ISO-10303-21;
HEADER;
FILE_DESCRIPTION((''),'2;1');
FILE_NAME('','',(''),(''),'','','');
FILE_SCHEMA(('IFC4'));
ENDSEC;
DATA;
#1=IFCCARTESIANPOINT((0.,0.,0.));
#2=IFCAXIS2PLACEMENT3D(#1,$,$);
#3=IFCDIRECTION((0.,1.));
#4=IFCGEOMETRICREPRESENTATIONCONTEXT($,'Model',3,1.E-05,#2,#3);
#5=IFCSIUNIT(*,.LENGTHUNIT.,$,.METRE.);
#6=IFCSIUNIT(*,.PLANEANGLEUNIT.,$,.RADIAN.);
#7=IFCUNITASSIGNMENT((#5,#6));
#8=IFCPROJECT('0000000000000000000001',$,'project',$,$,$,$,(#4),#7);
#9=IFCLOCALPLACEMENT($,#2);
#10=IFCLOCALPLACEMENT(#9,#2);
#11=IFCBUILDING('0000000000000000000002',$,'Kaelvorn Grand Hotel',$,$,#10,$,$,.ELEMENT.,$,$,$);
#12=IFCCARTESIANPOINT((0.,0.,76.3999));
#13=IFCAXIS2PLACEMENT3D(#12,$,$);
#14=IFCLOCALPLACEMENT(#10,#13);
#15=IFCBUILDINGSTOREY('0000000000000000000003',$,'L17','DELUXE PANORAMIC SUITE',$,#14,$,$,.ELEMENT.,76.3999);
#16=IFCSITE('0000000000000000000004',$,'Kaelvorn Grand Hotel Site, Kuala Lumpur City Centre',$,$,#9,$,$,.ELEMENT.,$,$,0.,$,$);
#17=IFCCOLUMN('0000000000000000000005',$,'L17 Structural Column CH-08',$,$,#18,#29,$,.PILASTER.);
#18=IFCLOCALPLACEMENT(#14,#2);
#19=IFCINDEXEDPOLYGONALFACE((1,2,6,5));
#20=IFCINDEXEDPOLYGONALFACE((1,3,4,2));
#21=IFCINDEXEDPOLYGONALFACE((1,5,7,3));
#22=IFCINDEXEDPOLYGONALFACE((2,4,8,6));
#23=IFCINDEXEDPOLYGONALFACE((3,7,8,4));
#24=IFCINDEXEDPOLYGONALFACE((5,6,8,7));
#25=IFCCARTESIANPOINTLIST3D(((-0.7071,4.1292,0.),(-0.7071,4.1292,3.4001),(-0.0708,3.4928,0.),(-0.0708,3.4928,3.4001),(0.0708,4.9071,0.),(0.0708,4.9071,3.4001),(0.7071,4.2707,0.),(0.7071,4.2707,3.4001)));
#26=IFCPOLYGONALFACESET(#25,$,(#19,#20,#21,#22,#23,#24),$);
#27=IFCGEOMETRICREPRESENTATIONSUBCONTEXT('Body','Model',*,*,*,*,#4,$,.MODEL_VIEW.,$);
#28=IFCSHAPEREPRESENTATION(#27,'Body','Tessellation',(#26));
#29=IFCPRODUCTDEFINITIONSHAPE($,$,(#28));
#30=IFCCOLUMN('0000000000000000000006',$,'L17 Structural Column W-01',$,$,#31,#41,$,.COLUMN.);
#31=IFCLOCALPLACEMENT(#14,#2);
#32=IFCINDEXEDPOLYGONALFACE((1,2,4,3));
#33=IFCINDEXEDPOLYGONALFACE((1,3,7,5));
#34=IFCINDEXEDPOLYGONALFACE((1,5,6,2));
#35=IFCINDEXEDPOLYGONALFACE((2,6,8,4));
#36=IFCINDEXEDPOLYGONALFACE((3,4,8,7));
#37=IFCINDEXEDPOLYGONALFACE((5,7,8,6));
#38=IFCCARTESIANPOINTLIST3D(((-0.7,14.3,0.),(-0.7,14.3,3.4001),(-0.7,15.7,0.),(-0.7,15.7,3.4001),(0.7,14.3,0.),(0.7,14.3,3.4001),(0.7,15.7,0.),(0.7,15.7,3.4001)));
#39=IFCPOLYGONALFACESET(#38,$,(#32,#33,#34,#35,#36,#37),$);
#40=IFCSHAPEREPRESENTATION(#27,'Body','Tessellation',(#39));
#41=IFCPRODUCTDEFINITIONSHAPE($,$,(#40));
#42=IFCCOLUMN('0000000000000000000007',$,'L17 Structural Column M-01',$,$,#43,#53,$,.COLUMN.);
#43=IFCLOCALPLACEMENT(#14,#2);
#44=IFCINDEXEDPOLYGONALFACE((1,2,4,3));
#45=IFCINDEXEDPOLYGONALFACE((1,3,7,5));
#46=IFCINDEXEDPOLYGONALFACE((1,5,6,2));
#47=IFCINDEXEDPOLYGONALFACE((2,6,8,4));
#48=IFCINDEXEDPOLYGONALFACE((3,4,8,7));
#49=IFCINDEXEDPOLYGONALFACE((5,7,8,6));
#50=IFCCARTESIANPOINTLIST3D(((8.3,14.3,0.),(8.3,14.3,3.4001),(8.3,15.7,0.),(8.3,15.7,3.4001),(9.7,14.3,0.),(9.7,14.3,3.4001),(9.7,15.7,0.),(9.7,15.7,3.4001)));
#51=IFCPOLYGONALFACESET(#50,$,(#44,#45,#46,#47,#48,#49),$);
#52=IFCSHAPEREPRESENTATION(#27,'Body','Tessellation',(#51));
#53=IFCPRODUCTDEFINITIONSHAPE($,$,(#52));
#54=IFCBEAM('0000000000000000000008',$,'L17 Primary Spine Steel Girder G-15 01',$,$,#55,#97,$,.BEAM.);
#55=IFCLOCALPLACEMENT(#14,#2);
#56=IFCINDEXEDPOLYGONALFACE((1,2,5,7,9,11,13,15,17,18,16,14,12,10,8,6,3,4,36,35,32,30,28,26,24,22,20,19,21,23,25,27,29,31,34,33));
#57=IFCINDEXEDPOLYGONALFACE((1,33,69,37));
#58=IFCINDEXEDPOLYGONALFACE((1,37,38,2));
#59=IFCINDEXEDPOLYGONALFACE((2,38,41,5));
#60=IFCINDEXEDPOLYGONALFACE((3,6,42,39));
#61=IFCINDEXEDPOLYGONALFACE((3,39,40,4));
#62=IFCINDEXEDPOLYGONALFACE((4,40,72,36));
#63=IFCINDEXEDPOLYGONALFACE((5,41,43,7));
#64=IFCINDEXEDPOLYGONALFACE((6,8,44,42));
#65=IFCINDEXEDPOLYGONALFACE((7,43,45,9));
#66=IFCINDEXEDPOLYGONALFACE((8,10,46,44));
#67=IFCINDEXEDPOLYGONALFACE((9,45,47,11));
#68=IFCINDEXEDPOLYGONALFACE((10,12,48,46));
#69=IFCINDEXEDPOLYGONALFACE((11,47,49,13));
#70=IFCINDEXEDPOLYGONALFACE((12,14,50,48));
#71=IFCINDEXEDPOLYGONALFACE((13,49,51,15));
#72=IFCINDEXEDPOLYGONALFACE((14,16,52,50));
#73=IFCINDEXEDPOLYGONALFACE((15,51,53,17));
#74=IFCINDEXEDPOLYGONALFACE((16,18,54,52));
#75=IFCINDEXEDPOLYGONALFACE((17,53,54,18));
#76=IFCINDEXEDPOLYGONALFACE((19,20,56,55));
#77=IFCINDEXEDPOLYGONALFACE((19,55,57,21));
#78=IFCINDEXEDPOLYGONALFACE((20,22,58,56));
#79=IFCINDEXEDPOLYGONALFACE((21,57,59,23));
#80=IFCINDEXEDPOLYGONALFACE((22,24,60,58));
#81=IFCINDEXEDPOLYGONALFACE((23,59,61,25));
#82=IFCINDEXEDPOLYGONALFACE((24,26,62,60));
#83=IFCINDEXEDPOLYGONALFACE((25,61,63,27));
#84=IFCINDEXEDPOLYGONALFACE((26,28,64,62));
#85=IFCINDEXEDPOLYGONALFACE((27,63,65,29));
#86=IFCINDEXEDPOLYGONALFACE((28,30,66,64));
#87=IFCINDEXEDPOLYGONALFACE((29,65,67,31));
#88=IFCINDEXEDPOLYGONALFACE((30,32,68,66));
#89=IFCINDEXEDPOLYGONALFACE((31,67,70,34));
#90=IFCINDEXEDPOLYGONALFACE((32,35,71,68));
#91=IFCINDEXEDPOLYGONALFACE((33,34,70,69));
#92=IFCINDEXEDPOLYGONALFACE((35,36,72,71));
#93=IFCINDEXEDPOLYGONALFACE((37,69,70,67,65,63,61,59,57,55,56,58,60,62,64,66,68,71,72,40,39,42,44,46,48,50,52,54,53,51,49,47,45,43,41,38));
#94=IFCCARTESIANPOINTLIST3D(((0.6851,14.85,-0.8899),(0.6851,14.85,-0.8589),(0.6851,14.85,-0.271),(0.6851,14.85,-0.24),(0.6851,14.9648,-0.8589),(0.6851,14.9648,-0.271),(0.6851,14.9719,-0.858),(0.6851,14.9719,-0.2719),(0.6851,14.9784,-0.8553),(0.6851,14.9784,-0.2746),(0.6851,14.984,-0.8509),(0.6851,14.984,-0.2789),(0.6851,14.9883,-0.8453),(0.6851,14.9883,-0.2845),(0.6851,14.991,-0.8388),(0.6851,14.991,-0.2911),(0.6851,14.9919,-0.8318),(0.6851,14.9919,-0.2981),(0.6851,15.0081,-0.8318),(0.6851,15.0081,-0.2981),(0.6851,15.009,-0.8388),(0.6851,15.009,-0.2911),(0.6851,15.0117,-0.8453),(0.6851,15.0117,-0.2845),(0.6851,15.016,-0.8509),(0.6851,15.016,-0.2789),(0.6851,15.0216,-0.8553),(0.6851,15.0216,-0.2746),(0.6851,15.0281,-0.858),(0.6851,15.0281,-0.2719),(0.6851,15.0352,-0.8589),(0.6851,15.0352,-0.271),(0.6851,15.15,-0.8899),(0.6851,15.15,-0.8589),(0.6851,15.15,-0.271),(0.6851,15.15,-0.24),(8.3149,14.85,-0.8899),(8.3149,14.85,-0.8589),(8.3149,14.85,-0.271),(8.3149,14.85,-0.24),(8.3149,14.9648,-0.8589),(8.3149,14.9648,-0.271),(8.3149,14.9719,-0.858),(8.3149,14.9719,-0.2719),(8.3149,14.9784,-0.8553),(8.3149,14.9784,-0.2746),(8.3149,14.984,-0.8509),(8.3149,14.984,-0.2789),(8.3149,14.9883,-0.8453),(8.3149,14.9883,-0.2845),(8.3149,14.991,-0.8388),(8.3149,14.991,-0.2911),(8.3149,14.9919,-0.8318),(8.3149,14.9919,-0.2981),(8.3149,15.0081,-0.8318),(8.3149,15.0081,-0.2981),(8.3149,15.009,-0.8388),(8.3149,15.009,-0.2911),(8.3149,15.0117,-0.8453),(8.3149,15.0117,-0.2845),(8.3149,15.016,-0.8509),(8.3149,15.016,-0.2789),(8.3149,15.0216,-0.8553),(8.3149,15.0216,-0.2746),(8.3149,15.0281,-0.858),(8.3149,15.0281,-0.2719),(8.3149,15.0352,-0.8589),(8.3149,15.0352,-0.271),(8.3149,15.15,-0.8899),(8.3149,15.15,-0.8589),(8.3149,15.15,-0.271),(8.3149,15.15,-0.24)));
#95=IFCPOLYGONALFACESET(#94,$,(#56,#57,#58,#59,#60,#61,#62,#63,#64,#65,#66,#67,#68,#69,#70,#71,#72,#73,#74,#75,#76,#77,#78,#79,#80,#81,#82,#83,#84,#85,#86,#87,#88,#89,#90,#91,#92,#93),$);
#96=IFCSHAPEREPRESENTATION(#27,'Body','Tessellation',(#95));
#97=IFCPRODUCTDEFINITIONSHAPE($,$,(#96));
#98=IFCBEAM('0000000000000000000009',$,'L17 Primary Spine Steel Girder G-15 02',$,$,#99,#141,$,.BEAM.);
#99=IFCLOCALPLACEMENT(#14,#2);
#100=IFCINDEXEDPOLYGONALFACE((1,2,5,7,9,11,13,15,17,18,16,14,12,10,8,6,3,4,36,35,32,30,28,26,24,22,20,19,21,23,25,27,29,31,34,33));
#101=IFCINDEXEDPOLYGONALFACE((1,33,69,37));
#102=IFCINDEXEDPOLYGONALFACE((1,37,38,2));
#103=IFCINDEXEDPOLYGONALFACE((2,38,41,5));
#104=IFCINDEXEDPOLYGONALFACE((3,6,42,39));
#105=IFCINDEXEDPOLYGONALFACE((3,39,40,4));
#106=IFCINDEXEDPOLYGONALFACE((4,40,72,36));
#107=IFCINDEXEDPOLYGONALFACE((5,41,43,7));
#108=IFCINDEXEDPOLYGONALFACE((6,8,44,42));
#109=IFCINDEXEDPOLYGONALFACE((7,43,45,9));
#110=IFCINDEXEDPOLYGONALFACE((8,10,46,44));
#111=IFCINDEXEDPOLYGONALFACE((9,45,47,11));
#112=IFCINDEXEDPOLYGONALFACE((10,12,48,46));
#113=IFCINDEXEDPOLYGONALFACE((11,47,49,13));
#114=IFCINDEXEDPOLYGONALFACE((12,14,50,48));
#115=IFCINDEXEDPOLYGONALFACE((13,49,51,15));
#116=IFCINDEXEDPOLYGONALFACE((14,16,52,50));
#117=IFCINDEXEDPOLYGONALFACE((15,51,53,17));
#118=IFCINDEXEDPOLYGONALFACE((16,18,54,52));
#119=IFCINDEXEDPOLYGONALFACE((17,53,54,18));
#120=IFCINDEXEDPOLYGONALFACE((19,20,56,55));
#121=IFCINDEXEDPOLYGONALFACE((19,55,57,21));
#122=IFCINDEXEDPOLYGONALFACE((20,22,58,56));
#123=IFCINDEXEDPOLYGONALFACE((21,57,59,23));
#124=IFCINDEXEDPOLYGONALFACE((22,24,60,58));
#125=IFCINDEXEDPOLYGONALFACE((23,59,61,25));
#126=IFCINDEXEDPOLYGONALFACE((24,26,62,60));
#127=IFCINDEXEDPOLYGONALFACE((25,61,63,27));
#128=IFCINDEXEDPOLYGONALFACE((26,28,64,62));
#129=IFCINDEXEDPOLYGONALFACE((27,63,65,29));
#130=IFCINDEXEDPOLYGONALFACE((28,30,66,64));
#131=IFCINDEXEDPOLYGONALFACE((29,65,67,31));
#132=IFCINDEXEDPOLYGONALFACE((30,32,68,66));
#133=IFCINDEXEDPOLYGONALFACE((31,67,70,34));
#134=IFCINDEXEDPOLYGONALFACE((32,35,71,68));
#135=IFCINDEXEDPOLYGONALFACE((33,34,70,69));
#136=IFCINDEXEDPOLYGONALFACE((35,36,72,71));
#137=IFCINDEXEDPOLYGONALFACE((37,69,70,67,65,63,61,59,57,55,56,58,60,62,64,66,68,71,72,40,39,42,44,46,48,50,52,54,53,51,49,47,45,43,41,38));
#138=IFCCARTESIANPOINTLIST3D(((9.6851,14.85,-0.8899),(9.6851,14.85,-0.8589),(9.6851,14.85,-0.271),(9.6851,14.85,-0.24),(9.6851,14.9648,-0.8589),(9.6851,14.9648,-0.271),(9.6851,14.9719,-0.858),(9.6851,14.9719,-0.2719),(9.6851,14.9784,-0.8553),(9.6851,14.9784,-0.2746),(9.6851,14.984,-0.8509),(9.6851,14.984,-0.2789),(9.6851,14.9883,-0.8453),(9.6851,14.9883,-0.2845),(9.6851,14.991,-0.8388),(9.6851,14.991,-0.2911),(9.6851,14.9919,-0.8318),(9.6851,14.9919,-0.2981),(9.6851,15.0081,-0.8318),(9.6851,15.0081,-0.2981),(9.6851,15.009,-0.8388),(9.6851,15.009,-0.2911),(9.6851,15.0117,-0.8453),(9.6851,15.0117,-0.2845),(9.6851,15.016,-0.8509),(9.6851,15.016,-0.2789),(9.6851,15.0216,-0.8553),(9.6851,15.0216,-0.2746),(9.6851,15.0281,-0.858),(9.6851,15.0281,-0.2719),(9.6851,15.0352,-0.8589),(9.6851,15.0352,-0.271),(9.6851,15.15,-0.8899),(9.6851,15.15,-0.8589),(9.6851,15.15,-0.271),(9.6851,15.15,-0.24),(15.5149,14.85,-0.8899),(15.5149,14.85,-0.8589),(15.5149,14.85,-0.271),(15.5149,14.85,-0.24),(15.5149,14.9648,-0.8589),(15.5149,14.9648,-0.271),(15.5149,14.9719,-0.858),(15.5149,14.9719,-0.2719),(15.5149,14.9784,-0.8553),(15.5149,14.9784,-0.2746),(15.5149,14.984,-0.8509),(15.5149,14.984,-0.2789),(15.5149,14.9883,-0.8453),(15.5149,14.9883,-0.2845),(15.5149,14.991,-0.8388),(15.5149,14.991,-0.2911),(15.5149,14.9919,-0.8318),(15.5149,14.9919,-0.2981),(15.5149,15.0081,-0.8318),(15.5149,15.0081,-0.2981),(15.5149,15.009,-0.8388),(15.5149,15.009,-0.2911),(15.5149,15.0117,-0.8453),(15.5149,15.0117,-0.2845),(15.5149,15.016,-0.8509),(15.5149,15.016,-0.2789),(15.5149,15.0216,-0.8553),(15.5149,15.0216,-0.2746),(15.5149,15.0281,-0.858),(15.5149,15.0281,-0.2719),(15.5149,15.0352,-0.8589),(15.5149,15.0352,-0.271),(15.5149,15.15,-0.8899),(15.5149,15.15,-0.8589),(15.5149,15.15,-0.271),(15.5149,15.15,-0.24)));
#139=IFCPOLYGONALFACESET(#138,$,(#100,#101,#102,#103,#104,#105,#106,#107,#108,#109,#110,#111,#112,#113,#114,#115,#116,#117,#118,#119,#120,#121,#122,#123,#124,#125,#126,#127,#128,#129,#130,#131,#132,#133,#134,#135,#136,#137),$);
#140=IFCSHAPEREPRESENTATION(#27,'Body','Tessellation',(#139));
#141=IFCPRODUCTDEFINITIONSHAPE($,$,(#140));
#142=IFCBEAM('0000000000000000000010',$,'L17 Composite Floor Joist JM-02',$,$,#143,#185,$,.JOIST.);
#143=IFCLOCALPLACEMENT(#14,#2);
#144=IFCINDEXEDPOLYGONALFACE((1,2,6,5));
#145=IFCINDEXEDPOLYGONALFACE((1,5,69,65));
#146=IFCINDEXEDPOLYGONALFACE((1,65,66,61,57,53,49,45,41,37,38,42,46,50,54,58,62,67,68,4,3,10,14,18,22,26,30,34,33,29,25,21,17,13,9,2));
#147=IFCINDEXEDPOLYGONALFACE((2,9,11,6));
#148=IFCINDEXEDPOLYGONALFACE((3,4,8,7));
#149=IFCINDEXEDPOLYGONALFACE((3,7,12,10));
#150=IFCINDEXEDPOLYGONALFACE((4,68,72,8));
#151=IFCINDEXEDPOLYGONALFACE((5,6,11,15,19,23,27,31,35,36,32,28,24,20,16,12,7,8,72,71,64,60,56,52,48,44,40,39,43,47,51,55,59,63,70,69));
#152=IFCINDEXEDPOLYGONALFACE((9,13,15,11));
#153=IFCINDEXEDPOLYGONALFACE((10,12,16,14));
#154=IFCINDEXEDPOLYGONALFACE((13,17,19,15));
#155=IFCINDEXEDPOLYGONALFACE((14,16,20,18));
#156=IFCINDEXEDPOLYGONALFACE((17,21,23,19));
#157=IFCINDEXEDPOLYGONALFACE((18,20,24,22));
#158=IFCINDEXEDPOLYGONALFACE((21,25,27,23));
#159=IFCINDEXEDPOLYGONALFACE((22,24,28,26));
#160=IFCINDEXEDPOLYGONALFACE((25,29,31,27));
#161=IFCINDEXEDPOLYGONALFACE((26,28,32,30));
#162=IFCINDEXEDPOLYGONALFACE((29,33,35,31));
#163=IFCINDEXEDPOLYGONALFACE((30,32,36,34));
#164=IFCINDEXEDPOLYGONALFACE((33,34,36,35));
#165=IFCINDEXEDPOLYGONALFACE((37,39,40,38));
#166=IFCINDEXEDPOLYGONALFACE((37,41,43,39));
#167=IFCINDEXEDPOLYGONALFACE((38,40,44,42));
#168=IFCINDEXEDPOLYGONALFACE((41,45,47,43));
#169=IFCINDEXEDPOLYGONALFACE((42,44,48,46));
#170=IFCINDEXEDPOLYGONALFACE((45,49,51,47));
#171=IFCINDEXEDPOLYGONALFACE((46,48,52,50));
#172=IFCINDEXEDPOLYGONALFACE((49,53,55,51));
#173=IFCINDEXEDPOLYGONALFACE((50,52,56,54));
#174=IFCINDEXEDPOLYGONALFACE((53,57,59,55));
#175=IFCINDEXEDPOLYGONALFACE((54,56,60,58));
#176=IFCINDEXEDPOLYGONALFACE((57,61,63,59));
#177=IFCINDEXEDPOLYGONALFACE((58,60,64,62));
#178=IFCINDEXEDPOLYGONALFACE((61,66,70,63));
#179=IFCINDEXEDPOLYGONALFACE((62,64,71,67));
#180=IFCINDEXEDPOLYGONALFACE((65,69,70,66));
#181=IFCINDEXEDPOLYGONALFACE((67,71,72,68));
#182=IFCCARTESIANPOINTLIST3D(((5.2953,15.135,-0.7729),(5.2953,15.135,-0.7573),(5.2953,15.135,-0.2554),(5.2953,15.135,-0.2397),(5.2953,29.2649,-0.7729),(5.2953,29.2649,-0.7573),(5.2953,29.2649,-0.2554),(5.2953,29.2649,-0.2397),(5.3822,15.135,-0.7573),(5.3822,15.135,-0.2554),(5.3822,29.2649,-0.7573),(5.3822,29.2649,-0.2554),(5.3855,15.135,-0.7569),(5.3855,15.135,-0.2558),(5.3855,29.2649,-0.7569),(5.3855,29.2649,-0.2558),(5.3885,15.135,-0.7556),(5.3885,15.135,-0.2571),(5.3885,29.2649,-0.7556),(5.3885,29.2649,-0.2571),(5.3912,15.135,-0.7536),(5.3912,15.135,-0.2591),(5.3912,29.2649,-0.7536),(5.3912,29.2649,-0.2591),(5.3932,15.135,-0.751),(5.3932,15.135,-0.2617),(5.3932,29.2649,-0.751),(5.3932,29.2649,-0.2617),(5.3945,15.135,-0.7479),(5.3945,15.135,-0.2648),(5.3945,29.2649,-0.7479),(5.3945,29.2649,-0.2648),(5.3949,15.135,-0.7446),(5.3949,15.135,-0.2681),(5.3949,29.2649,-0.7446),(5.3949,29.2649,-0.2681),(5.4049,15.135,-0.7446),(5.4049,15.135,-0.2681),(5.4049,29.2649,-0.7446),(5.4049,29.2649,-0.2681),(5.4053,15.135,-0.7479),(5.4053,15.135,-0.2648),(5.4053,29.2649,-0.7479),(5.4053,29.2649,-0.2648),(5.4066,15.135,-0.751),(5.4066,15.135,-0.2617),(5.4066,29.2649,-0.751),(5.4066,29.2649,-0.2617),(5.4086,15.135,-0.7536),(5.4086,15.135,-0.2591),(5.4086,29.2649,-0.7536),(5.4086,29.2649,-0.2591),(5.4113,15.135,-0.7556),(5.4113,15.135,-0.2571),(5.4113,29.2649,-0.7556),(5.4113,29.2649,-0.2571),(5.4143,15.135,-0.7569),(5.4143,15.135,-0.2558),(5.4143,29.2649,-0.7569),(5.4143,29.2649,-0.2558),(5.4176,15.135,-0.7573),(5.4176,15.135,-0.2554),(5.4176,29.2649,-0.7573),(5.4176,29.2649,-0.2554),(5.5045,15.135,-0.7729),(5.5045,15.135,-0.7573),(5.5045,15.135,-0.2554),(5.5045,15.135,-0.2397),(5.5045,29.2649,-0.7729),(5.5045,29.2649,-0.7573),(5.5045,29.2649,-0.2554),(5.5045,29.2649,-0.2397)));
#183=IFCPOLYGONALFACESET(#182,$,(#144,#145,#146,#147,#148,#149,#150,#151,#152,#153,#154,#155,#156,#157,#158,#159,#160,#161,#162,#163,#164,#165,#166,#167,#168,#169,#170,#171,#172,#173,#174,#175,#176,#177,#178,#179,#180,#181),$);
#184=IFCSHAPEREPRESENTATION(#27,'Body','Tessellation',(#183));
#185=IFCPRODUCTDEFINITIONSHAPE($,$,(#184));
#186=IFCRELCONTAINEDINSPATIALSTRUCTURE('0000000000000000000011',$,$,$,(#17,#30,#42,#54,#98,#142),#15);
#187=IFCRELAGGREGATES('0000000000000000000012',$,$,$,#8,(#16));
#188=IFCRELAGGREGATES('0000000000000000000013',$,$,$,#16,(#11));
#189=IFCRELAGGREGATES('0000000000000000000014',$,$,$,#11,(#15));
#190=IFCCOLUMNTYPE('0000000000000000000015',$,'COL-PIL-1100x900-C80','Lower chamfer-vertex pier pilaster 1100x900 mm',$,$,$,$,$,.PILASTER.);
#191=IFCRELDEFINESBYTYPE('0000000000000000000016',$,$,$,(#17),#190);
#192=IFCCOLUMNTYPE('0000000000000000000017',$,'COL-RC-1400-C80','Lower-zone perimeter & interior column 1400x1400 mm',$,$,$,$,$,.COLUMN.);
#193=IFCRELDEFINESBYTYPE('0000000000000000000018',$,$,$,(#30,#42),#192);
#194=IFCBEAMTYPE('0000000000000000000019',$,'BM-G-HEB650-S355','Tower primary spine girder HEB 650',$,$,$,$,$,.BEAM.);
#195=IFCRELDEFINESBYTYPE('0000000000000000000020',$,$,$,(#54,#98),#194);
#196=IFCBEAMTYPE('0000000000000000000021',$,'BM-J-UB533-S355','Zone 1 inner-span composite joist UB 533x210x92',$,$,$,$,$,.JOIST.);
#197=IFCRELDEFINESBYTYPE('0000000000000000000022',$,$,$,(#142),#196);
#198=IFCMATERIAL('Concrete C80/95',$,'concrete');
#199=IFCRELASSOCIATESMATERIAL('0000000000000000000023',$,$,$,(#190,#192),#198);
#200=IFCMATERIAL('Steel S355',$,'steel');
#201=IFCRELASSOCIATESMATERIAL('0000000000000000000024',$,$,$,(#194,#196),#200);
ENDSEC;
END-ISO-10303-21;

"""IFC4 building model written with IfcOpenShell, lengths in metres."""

from ifc_helpers import new_model, si_unit, direction, frame, origin, origin_2d, place, context, subcontext, project, spatial, rectangle, i_section, extrude, material, material_profile, profile_set, type_object, element, save


model = new_model("IFC4")

# Units and contexts
model_context = context("Model", 3, precision=1e-05, world=origin(), true_north=direction((0.0, 1.0)))
body_context = subcontext(model_context, "Body", "Model", "MODEL_VIEW")
ifc_project = project(units=[si_unit("LENGTHUNIT", "METRE"), si_unit("PLANEANGLEUNIT", "RADIAN")], contexts=[model_context])

# Site, building, storey
site_placement = place(None, origin())
site = spatial("IfcSite", under=ifc_project, at=site_placement, Name="Kaelvorn Grand Hotel Site, Kuala Lumpur City Centre", CompositionType="ELEMENT", RefElevation=0.0)
building_placement = place(site_placement, origin())
building = spatial("IfcBuilding", under=site, at=building_placement, Name="Kaelvorn Grand Hotel", CompositionType="ELEMENT")
storey_placement = place(building_placement, frame((0.0, 0.0, 76.3999)))
storey = spatial("IfcBuildingStorey", under=building, at=storey_placement, Name="L17", Description="DELUXE PANORAMIC SUITE", CompositionType="ELEMENT", Elevation=76.3999)

# Columns
ifc_material_1 = material(Name="Concrete C80/95", Category="concrete")
ifc_material_profile_1 = material_profile(ifc_material_1, rectangle(XDim=1.1001, YDim=0.8999, at=origin_2d()), Name="RC PILASTER 1100x900")
ifc_profile_set_1 = profile_set([ifc_material_profile_1], Name="Concrete C80/95")
column_type_1 = type_object("IfcColumnType", Name="COL-PIL-1100x900-C80", Description="Lower chamfer-vertex pier pilaster 1100x900 mm", PredefinedType="PILASTER", material=ifc_profile_set_1)
column_placement = place(storey_placement, frame((0.0, 4.2, 0.0), z_axis=(0.0, 0.0, 1.0), x_axis=(0.707107, 0.707107, 0.0)))
element("IfcColumn", 1, at=column_placement, inside=storey, type_object=column_type_1, Name="L17 Structural Column CH-08", PredefinedType="PILASTER", context=body_context, shape_type="SweptSolid", body=[
    extrude(rectangle(XDim=1.1001, YDim=0.8999, at=origin_2d()), origin(), (0.0, 0.0, 1.0), 3.4001),
])
ifc_material_profile_2 = material_profile(ifc_material_1, rectangle(XDim=1.3999, YDim=1.3999, at=origin_2d()), Name="RC COL 1400x1400")
ifc_profile_set_2 = profile_set([ifc_material_profile_2], Name="Concrete C80/95")
column_type_2 = type_object("IfcColumnType", Name="COL-RC-1400-C80", Description="Lower-zone perimeter & interior column 1400x1400 mm", PredefinedType="COLUMN", material=ifc_profile_set_2)
for number, where, z_axis, x_axis, name in (
    (2, (0.0, 15.0, 0.0), (0.0, 0.0, 1.0), (1.0, 0.0, 0.0), "L17 Structural Column W-01"),
    (3, (9.0, 15.0, 0.0), (0.0, 0.0, 1.0), (1.0, 0.0, 0.0), "L17 Structural Column M-01"),
):
    element("IfcColumn", number, at=place(storey_placement, frame(where, z_axis=z_axis, x_axis=x_axis)), inside=storey, type_object=column_type_2, Name=name, PredefinedType="COLUMN", context=body_context, shape_type="SweptSolid", body=[
        extrude(rectangle(XDim=1.3999, YDim=1.3999, at=origin_2d()), origin(), (0.0, 0.0, 1.0), 3.4001),
    ])

# Beams
ifc_material_2 = material(Name="Steel S355", Category="steel")
ifc_material_profile_3 = material_profile(ifc_material_2, i_section(OverallWidth=0.3, OverallDepth=0.6499, WebThickness=0.0161, FlangeThickness=0.031, FilletRadius=0.0271, at=origin_2d()), Name="HEB 650")
ifc_profile_set_3 = profile_set([ifc_material_profile_3], Name="Steel S355")
beam_type_1 = type_object("IfcBeamType", Name="BM-G-HEB650-S355", Description="Tower primary spine girder HEB 650", PredefinedType="BEAM", material=ifc_profile_set_3)
beam_1_placement = place(storey_placement, frame((0.6851, 15.0, -0.5649), z_axis=(1.0, 0.0, 0.0), x_axis=(0.0, 1.0, 0.0)))
element("IfcBeam", 4, at=beam_1_placement, inside=storey, type_object=beam_type_1, Name="L17 Primary Spine Steel Girder G-15 01", PredefinedType="BEAM", context=body_context, shape_type="SweptSolid", body=[
    extrude(i_section(OverallWidth=0.3, OverallDepth=0.6499, WebThickness=0.0161, FlangeThickness=0.031, FilletRadius=0.0271, at=origin_2d()), origin(), (0.0, 0.0, 1.0), 7.6299),
])
beam_2_placement = place(storey_placement, frame((9.6851, 15.0, -0.5649), z_axis=(1.0, 0.0, 0.0), x_axis=(0.0, 1.0, 0.0)))
element("IfcBeam", 5, at=beam_2_placement, inside=storey, type_object=beam_type_1, Name="L17 Primary Spine Steel Girder G-15 02", PredefinedType="BEAM", context=body_context, shape_type="SweptSolid", body=[
    extrude(i_section(OverallWidth=0.3, OverallDepth=0.6499, WebThickness=0.0161, FlangeThickness=0.031, FilletRadius=0.0271, at=origin_2d()), origin(), (0.0, 0.0, 1.0), 5.8298),
])
ifc_material_profile_4 = material_profile(ifc_material_2, i_section(OverallWidth=0.2092, OverallDepth=0.5332, WebThickness=0.01, FlangeThickness=0.0156, FilletRadius=0.0127, at=origin_2d()), Name="UB 533x210x92")
ifc_profile_set_4 = profile_set([ifc_material_profile_4], Name="Steel S355")
beam_type_2 = type_object("IfcBeamType", Name="BM-J-UB533-S355", Description="Zone 1 inner-span composite joist UB 533x210x92", PredefinedType="JOIST", material=ifc_profile_set_4)
beam_3_placement = place(storey_placement, frame((5.3999, 15.135, -0.5063), z_axis=(0.0, 1.0, 0.0), x_axis=(-1.0, 0.0, 0.0)))
element("IfcBeam", 6, at=beam_3_placement, inside=storey, type_object=beam_type_2, Name="L17 Composite Floor Joist JM-02", PredefinedType="JOIST", context=body_context, shape_type="SweptSolid", body=[
    extrude(i_section(OverallWidth=0.2092, OverallDepth=0.5332, WebThickness=0.01, FlangeThickness=0.0156, FilletRadius=0.0127, at=origin_2d()), origin(), (0.0, 0.0, 1.0), 14.1299),
])

save(model, "model.ifc")
